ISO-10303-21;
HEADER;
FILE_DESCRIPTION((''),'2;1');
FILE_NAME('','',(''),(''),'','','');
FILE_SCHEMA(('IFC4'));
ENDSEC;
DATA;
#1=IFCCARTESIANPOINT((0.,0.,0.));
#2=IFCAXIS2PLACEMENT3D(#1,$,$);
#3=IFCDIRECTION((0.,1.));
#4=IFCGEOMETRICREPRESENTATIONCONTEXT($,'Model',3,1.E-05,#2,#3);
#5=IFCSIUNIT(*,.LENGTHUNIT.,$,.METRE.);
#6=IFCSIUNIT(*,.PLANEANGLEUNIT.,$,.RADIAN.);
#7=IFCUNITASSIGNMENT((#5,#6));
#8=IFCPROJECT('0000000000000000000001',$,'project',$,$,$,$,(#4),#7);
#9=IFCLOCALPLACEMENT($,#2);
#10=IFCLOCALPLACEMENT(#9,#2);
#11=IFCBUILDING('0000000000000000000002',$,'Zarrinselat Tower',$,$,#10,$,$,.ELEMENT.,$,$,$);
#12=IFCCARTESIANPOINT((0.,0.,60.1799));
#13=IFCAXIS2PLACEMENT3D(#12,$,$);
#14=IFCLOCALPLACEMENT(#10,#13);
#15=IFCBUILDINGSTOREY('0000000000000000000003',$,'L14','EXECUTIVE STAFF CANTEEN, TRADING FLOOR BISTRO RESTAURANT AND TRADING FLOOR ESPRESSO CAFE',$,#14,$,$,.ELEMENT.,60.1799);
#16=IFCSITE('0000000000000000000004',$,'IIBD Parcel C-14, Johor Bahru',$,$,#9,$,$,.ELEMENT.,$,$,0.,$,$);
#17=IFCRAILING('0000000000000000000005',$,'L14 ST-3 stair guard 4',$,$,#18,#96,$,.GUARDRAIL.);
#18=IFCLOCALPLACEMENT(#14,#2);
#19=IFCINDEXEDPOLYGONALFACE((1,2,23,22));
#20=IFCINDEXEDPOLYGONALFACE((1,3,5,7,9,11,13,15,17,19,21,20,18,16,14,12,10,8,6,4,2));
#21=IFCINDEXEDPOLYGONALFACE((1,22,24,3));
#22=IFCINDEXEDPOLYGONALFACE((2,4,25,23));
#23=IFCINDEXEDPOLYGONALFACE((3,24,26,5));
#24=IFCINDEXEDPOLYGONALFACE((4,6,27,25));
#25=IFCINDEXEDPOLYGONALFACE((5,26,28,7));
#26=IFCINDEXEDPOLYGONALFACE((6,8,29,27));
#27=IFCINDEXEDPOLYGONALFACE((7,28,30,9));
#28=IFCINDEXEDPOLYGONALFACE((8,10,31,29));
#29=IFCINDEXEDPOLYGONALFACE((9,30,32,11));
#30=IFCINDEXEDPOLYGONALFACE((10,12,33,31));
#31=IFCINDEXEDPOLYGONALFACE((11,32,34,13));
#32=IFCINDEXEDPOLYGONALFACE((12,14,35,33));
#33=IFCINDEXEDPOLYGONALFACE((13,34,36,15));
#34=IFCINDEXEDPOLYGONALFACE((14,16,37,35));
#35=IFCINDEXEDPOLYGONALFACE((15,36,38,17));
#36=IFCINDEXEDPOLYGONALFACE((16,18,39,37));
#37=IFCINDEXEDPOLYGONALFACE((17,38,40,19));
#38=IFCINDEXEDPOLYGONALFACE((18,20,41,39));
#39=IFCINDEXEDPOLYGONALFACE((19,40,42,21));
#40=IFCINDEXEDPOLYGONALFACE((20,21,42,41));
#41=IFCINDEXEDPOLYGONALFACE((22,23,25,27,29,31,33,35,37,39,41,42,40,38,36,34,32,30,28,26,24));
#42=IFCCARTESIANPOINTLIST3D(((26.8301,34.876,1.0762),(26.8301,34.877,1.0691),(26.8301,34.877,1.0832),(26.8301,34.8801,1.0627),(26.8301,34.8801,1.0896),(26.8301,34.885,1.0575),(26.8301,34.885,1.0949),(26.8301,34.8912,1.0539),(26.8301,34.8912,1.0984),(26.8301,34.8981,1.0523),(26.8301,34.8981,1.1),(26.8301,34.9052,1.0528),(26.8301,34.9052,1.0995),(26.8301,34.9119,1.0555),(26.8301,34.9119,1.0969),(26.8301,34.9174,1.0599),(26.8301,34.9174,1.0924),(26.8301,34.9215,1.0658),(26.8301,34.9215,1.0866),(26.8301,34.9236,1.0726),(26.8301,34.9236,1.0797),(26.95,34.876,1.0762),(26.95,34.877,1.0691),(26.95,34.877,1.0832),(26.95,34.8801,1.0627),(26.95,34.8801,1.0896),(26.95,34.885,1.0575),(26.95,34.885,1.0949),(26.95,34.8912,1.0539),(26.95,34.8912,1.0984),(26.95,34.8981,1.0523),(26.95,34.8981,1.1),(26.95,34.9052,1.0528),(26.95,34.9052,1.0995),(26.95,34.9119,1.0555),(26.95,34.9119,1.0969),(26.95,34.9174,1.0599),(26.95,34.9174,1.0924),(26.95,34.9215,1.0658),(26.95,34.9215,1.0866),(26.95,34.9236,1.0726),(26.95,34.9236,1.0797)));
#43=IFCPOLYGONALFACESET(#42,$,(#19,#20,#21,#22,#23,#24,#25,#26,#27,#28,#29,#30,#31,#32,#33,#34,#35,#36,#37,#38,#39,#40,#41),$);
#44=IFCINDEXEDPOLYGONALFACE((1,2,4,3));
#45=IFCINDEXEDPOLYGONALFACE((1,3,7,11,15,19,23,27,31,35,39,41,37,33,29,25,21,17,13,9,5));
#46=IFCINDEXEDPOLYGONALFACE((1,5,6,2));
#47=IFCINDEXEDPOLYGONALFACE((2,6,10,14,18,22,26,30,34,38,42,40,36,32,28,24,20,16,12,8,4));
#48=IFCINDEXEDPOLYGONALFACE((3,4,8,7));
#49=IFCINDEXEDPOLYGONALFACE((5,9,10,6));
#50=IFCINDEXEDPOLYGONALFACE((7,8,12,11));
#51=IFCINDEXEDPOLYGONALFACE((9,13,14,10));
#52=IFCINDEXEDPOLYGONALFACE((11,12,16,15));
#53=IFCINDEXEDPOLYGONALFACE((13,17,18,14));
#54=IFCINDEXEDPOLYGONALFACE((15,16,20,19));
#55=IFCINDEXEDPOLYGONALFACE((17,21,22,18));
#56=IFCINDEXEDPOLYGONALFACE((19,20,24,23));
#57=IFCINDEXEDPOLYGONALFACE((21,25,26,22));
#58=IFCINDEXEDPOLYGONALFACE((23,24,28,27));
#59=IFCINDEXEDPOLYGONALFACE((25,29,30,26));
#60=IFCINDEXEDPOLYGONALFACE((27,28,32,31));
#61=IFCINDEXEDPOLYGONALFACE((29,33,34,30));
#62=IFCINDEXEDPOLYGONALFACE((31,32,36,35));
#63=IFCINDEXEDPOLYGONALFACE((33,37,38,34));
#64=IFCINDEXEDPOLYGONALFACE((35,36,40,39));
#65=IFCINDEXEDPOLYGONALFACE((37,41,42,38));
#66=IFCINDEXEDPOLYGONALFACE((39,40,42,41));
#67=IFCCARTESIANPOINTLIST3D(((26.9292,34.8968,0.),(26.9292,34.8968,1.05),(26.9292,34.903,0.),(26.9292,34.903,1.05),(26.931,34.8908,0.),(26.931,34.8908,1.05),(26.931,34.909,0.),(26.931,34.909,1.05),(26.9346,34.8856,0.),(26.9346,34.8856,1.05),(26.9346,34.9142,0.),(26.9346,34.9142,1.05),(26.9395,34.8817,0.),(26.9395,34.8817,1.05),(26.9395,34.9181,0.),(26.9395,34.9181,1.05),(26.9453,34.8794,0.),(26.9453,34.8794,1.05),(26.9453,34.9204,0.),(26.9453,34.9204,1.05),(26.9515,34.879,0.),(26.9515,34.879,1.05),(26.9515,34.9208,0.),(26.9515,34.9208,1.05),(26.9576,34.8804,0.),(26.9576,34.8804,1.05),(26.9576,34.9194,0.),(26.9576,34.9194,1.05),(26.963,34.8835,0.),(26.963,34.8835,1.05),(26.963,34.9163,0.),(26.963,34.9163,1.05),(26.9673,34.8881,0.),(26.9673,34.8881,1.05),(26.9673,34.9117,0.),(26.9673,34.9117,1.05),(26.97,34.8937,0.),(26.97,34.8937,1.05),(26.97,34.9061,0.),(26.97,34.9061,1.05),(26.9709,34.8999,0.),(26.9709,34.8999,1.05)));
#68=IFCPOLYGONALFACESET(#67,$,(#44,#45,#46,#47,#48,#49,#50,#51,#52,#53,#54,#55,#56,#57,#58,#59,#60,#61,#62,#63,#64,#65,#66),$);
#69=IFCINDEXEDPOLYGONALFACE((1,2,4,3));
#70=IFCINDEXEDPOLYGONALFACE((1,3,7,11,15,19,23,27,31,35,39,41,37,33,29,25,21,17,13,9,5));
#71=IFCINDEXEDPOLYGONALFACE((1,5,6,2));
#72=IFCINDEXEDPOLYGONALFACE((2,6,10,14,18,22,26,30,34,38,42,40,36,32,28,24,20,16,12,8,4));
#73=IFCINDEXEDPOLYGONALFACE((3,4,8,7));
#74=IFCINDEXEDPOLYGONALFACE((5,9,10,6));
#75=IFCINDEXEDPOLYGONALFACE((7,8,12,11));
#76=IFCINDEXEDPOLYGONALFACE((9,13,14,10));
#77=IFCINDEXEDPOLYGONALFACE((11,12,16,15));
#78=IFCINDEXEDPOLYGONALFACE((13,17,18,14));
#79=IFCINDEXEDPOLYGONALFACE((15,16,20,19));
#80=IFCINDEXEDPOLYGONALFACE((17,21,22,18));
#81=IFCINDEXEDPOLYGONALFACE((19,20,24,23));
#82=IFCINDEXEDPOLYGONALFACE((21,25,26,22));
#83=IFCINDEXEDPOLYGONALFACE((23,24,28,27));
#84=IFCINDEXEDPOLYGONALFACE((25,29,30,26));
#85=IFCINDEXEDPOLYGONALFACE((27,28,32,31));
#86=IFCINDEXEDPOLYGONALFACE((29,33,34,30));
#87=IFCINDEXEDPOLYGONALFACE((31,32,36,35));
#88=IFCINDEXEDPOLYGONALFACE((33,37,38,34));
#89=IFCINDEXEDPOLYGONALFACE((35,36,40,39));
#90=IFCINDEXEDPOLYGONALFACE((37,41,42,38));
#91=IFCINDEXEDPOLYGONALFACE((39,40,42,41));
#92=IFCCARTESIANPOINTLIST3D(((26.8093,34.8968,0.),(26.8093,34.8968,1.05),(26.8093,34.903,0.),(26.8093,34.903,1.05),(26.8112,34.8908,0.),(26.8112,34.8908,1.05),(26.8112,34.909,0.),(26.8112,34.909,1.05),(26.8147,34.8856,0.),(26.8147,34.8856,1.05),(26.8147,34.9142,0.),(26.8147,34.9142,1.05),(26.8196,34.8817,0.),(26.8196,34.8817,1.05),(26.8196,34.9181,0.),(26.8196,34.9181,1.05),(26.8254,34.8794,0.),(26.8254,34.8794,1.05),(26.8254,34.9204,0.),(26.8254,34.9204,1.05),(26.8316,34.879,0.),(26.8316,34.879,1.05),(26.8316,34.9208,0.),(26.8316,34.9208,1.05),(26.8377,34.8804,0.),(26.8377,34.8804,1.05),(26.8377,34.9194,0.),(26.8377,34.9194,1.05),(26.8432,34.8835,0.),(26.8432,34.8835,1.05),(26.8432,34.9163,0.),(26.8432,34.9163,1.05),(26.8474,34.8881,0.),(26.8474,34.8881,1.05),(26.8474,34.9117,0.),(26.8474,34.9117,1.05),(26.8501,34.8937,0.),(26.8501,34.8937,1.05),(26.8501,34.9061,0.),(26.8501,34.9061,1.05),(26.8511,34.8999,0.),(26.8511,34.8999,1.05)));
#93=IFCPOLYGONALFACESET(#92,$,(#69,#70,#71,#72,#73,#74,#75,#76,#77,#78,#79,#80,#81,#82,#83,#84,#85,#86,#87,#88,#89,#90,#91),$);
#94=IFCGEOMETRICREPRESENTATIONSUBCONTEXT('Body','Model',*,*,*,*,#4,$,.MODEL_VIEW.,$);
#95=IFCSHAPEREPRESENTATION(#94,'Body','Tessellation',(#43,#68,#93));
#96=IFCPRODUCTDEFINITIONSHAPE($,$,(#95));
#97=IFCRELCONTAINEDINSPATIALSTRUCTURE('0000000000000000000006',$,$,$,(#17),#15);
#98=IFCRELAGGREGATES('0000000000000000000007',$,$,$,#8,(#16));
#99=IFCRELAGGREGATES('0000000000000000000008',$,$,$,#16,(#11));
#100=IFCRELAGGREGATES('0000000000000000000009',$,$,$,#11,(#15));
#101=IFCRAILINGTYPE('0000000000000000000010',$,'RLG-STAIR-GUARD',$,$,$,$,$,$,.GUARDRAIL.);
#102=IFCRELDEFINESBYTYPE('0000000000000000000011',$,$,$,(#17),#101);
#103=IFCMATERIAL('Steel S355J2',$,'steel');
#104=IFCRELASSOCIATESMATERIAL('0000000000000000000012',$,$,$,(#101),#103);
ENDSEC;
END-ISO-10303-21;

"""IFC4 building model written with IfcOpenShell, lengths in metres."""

from ifc_helpers import new_model, si_unit, direction, frame, origin, origin_2d, place, context, subcontext, project, spatial, circle, extrude, material, type_object, element, save


model = new_model("IFC4")

# Units and contexts
model_context = context("Model", 3, precision=1e-05, world=origin(), true_north=direction((0.0, 1.0)))
body_context = subcontext(model_context, "Body", "Model", "MODEL_VIEW")
ifc_project = project(units=[si_unit("LENGTHUNIT", "METRE"), si_unit("PLANEANGLEUNIT", "RADIAN")], contexts=[model_context])

# Site, building, storey
site_placement = place(None, origin())
site = spatial("IfcSite", under=ifc_project, at=site_placement, Name="IIBD Parcel C-14, Johor Bahru", CompositionType="ELEMENT", RefElevation=0.0)
building_placement = place(site_placement, origin())
building = spatial("IfcBuilding", under=site, at=building_placement, Name="Zarrinselat Tower", CompositionType="ELEMENT")
storey_placement = place(building_placement, frame((0.0, 0.0, 60.1799)))
storey = spatial("IfcBuildingStorey", under=building, at=storey_placement, Name="L14", Description="EXECUTIVE STAFF CANTEEN, TRADING FLOOR BISTRO RESTAURANT AND TRADING FLOOR ESPRESSO CAFE", CompositionType="ELEMENT", Elevation=60.1799)

# Railing
ifc_material_1 = material(Name="Steel S355J2", Category="steel")
railing_type_1 = type_object("IfcRailingType", Name="RLG-STAIR-GUARD", PredefinedType="GUARDRAIL", material=ifc_material_1)
railing_1_placement = place(storey_placement, frame((26.95, 34.8999, 0.0)))
element("IfcRailing", 1, at=railing_1_placement, inside=storey, type_object=railing_type_1, Name="L14 ST-3 stair guard 4", PredefinedType="GUARDRAIL", context=body_context, shape_type="SweptSolid", body=[
    extrude(circle(Radius=0.0239, at=origin_2d()), frame((0.0, 0.0, 1.0762), z_axis=(-1.0, 0.0, 0.0), x_axis=(0.0, -1.0, 0.0)), (0.0, 0.0, 1.0), 0.1199),
    extrude(circle(Radius=0.021, at=origin_2d()), origin(), (0.0, 0.0, 1.0), 1.05),
    extrude(circle(Radius=0.021, at=origin_2d()), frame((-0.1199, 0.0, 0.0)), (0.0, 0.0, 1.0), 1.05),
])

save(model, "model.ifc")
